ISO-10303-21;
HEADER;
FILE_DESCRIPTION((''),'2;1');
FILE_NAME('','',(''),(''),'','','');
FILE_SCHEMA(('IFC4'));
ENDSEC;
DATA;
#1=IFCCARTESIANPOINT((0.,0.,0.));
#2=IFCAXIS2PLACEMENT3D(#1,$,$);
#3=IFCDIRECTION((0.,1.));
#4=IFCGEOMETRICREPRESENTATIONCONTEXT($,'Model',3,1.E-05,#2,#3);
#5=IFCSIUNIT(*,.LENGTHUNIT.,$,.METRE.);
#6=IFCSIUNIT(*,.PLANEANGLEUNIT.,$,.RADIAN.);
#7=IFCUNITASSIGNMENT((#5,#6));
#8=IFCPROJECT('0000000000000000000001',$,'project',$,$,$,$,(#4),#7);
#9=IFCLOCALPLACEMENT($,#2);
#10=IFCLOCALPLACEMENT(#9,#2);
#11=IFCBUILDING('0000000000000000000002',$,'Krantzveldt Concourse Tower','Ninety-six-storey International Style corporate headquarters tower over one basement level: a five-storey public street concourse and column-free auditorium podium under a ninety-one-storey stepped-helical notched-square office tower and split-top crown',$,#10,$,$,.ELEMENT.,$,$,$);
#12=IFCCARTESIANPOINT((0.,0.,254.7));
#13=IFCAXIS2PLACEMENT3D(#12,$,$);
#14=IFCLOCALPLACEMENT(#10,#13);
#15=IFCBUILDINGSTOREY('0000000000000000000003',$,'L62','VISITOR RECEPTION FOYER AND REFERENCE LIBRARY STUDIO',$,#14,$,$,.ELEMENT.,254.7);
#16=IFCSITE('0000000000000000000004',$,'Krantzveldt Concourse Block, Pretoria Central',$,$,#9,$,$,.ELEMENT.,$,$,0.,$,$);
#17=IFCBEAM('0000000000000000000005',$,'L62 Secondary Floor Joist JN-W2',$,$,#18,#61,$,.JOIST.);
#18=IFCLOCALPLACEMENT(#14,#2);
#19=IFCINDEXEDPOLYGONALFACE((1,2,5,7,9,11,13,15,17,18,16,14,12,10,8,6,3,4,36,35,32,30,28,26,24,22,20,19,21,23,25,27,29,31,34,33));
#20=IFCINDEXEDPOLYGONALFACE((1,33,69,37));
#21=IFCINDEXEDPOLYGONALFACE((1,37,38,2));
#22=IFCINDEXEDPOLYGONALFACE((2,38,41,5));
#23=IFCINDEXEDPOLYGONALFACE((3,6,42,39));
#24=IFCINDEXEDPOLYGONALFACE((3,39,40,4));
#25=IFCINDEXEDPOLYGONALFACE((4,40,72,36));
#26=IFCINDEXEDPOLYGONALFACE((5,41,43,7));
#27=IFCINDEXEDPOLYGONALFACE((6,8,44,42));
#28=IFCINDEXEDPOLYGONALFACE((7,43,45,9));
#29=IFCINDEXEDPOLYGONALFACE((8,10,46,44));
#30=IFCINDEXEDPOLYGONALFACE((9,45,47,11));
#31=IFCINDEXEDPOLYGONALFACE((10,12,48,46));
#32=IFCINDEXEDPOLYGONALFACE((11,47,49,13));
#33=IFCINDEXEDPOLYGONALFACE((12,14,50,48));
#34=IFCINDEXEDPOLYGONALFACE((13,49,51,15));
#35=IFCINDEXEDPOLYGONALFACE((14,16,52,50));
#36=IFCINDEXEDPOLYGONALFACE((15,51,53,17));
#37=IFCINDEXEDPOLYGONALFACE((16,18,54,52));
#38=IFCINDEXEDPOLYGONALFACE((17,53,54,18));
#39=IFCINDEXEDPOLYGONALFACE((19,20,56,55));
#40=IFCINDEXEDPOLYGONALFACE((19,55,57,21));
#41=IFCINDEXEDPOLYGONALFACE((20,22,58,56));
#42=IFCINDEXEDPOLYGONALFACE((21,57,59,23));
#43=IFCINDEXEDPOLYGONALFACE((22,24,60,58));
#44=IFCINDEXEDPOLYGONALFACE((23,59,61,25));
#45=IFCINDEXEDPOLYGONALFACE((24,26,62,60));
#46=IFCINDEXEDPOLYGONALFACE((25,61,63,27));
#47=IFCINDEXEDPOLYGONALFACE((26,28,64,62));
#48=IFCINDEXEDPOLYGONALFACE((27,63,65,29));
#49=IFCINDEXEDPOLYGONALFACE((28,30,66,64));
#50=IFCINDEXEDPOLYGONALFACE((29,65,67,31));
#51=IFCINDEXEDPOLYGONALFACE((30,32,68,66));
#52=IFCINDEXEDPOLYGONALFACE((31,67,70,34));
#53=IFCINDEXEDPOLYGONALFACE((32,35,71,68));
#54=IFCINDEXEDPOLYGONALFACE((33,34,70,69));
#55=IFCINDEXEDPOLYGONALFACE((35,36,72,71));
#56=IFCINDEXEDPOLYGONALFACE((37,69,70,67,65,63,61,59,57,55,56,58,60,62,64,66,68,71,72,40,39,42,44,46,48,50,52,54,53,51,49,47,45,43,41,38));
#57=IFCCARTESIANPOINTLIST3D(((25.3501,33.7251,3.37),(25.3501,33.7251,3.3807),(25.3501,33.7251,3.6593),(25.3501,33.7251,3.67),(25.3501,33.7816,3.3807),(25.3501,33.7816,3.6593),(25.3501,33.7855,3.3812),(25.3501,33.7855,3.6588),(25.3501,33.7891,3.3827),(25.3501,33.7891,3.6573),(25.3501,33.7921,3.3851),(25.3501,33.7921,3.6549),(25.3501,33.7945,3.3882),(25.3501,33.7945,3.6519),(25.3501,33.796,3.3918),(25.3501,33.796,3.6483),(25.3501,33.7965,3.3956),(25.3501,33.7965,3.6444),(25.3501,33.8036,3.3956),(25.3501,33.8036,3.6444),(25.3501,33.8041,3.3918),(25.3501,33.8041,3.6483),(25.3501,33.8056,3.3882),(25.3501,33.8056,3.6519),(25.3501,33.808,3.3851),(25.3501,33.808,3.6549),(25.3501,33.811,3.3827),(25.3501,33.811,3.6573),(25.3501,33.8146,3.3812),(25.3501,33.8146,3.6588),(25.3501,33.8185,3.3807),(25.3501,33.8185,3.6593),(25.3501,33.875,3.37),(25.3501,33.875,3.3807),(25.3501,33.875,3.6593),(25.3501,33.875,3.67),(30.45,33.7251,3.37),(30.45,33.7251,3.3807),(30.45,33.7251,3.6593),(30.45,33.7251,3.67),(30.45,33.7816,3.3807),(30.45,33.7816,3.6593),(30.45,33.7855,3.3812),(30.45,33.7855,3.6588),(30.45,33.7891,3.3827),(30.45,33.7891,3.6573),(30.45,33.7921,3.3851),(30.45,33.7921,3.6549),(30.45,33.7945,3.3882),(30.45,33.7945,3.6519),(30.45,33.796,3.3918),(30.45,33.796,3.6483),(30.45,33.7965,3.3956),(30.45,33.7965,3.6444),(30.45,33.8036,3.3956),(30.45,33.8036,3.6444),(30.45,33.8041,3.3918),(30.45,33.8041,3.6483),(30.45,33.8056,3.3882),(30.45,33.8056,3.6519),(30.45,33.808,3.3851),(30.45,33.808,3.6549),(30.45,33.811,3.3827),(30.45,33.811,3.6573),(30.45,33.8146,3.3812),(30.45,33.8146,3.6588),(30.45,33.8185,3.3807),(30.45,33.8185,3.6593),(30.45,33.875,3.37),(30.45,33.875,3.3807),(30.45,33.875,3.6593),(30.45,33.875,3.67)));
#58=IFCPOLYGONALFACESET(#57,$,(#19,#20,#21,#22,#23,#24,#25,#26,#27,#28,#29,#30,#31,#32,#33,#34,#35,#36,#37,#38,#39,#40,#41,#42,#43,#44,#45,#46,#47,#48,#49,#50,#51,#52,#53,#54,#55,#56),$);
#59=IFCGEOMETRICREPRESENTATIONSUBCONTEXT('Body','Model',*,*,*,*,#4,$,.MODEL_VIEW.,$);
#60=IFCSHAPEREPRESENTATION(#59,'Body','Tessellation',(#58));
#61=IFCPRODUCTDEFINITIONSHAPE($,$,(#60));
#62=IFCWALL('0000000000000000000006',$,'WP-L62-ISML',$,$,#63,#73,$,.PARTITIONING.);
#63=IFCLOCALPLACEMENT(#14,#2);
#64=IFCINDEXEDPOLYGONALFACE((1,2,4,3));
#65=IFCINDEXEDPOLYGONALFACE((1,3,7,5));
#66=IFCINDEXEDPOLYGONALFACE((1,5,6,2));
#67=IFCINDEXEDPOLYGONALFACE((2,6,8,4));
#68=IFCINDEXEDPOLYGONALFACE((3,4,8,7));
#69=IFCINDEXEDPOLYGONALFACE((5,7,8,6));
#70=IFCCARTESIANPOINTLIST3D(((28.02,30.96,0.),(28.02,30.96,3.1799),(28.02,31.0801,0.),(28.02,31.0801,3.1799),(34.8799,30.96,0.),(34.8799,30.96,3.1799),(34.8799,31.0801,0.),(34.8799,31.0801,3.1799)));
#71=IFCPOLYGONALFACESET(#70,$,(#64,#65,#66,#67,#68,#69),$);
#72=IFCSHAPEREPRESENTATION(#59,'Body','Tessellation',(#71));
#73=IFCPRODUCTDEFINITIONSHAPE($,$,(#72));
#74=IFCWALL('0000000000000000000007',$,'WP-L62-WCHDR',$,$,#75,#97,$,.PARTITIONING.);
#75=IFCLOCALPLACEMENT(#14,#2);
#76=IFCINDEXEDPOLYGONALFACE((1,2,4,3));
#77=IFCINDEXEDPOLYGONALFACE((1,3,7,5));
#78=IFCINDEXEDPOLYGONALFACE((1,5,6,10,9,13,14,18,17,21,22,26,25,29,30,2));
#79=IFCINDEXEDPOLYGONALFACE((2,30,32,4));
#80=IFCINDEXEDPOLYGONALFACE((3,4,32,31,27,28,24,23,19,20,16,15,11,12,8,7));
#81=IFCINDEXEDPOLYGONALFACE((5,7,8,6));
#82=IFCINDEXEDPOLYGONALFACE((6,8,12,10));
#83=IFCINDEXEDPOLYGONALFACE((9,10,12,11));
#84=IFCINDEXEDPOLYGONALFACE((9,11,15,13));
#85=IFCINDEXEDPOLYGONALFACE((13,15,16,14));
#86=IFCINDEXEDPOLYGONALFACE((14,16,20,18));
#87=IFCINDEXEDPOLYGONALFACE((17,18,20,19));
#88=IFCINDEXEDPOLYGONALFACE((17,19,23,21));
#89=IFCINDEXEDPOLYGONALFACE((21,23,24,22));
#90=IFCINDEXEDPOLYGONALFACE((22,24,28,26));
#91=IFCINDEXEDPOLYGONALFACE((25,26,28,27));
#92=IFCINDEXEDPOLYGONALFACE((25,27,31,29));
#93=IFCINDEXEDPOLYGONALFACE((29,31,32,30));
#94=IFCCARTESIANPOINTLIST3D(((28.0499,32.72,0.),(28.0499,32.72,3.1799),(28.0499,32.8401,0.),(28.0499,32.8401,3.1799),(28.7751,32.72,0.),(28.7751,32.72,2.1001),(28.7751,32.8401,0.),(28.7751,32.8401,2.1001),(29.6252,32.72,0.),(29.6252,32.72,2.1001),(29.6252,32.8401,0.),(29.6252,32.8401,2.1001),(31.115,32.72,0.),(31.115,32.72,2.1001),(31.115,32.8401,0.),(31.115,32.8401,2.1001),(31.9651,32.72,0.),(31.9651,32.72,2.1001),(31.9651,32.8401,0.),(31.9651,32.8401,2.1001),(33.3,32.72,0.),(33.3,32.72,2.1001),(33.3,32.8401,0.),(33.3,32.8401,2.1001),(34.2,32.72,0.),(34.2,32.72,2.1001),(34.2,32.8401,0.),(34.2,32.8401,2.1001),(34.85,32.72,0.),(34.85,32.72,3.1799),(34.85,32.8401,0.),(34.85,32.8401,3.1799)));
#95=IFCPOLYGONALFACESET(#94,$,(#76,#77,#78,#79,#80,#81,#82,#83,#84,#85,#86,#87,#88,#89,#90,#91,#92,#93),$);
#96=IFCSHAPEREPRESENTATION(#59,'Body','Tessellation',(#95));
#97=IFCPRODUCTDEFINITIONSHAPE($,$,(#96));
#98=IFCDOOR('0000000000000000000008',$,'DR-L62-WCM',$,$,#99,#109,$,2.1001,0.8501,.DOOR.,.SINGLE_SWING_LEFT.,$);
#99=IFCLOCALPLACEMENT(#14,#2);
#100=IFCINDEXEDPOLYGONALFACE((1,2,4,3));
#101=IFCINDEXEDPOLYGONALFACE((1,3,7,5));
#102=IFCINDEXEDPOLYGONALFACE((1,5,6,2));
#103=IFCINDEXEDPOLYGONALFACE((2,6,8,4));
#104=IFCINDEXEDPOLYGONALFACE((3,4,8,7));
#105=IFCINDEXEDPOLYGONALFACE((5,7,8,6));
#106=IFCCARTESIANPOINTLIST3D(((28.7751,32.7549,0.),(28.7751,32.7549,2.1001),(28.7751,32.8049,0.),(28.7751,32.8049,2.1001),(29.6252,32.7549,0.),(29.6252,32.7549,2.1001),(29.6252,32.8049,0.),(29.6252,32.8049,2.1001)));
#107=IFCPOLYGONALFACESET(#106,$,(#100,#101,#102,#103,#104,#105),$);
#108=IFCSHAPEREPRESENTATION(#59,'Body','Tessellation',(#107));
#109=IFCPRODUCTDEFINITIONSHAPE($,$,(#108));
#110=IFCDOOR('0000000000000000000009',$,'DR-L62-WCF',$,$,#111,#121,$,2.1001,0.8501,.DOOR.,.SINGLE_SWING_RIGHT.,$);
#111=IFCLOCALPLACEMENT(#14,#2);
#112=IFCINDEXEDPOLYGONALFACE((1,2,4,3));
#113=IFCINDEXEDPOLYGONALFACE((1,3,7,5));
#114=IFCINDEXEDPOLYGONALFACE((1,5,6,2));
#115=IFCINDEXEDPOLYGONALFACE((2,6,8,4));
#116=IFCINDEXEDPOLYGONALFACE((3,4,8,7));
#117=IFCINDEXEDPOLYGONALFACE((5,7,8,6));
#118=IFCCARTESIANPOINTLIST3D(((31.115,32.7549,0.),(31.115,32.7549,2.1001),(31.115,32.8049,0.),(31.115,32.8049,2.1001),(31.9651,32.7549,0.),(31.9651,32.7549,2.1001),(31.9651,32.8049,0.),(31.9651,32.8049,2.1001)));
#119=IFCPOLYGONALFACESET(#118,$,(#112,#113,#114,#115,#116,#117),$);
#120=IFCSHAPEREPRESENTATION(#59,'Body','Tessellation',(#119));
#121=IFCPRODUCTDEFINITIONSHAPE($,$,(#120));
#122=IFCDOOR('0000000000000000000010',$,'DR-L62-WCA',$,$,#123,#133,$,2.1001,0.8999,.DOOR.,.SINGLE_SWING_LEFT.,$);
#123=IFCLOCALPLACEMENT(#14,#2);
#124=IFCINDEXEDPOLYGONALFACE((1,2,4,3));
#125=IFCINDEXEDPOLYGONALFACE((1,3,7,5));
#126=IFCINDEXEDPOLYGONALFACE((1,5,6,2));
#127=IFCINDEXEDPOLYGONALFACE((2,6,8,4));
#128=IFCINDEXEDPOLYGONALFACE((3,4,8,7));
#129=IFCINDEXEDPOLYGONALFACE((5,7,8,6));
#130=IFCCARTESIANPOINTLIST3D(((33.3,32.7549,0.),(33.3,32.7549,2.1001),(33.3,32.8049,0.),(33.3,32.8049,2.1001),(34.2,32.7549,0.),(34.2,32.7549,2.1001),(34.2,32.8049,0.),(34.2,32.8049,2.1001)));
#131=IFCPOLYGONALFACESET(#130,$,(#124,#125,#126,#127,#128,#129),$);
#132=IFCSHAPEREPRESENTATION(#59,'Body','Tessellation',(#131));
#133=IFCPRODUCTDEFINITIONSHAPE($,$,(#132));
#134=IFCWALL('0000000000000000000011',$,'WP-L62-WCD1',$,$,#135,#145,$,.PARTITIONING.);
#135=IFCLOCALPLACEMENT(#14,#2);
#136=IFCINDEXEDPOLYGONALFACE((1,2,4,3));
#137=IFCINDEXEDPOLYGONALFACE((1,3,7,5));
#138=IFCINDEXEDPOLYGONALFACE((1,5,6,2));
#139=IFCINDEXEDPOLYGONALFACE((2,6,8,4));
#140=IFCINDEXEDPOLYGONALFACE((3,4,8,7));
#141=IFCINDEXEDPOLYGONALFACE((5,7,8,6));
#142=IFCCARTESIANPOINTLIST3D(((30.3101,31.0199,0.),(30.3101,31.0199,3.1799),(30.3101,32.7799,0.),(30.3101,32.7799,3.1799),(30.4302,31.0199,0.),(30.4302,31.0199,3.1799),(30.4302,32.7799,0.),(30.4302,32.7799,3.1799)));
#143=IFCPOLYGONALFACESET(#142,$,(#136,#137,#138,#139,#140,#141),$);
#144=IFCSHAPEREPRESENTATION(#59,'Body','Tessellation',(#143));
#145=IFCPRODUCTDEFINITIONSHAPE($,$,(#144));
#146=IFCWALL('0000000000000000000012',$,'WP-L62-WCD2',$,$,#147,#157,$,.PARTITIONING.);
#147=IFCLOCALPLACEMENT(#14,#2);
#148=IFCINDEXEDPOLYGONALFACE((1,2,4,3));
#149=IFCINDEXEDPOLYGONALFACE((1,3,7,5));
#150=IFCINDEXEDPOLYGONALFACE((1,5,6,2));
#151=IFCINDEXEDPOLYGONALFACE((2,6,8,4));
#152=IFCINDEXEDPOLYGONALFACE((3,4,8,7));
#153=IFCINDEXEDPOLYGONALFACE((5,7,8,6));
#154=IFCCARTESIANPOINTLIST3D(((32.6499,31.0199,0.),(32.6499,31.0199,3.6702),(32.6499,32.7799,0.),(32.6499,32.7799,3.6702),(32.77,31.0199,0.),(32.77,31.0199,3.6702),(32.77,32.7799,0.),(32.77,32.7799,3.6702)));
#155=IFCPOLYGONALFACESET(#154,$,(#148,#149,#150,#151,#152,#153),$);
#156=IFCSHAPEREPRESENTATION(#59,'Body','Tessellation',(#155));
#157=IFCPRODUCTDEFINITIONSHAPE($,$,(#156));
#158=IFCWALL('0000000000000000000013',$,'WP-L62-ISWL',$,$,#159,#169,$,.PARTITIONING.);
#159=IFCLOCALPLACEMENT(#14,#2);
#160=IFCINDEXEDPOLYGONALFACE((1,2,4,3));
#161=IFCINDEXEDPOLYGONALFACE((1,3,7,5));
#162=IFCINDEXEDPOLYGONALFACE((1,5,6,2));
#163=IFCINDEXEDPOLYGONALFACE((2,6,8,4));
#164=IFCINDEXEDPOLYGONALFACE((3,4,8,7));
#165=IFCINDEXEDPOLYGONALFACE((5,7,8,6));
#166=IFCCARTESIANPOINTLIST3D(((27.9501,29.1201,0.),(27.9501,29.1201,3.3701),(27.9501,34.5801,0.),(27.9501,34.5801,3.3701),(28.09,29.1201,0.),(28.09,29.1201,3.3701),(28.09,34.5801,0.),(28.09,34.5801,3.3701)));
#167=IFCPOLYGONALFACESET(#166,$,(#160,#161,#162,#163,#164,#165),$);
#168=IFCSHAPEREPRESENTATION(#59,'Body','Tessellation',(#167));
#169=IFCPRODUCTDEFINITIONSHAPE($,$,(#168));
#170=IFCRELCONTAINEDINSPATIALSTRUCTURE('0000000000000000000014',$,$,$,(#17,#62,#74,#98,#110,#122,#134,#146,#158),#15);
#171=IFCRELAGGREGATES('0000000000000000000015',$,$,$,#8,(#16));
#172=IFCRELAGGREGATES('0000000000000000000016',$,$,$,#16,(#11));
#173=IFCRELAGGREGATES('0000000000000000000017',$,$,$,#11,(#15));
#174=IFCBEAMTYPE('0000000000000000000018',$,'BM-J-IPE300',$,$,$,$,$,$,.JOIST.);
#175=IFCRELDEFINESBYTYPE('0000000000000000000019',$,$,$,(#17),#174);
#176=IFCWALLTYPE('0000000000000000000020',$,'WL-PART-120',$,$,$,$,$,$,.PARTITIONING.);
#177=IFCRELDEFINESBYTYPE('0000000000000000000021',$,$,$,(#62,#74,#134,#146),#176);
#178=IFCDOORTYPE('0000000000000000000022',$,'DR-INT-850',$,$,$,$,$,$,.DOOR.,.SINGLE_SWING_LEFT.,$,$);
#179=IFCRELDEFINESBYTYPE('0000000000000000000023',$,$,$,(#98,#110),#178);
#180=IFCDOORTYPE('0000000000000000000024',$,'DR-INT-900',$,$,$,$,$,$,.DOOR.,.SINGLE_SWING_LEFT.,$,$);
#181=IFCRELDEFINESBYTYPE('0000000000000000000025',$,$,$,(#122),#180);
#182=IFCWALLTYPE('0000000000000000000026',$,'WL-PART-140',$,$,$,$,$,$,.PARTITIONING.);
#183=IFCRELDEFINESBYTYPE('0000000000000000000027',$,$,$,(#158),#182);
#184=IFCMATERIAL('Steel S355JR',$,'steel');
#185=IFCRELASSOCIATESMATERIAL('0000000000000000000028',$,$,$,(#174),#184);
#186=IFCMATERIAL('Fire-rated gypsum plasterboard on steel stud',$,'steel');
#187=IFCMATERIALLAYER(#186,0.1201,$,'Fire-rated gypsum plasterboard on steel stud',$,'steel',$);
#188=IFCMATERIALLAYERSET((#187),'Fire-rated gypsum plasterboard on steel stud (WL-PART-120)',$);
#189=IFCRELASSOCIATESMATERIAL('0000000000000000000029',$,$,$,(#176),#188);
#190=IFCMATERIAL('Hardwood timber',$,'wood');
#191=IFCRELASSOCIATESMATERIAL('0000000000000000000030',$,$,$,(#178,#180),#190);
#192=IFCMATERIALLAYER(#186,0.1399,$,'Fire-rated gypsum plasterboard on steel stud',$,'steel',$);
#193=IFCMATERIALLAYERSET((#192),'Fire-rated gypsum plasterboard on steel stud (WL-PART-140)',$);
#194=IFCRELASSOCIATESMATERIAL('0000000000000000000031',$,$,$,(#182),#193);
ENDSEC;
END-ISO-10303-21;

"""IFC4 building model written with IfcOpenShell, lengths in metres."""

from ifc_helpers import new_model, si_unit, direction, frame, frame_2d, origin, origin_2d, place, context, subcontext, project, spatial, rectangle, i_section, extrude, source, transform, mapped, material, layer, layer_set, material_profile, profile_set, type_object, type_shapes, element, fill, save


model = new_model("IFC4")

# Units and contexts
model_context = context("Model", 3, precision=1e-05, world=origin(), true_north=direction((0.0, 1.0)))
body_context = subcontext(model_context, "Body", "Model", "MODEL_VIEW")
ifc_project = project(units=[si_unit("LENGTHUNIT", "METRE"), si_unit("PLANEANGLEUNIT", "RADIAN")], contexts=[model_context])

# Site, building, storey
site_placement = place(None, origin())
site = spatial("IfcSite", under=ifc_project, at=site_placement, Name="Krantzveldt Concourse Block, Pretoria Central", CompositionType="ELEMENT", RefElevation=0.0)
building_placement = place(site_placement, origin())
building = spatial("IfcBuilding", under=site, at=building_placement, Name="Krantzveldt Concourse Tower", Description="Ninety-six-storey International Style corporate headquarters tower over one basement level: a five-storey public street concourse and column-free auditorium podium under a ninety-one-storey stepped-helical notched-square office tower and split-top crown", CompositionType="ELEMENT")
storey_placement = place(building_placement, frame((0.0, 0.0, 254.7)))
storey = spatial("IfcBuildingStorey", under=building, at=storey_placement, Name="L62", Description="VISITOR RECEPTION FOYER AND REFERENCE LIBRARY STUDIO", CompositionType="ELEMENT", Elevation=254.7)

# Beam
ifc_material_1 = material(Name="Steel S355JR", Category="steel")
ifc_material_profile_1 = material_profile(ifc_material_1, i_section(OverallWidth=0.1499, OverallDepth=0.3, WebThickness=0.0071, FlangeThickness=0.0107, FilletRadius=0.0149, at=origin_2d()), Name="Steel S355JR", Category="steel")
ifc_profile_set_1 = profile_set([ifc_material_profile_1], Name="Steel S355JR - IPE 300")
beam_type_1 = type_object("IfcBeamType", Name="BM-J-IPE300", PredefinedType="JOIST", material=ifc_profile_set_1)
shared_shape_1 = source(origin(), body_context, "Body", "SweptSolid", [
    extrude(i_section(OverallWidth=0.1499, OverallDepth=0.3, WebThickness=0.0071, FlangeThickness=0.0107, FilletRadius=0.0149, at=origin_2d()), origin(), (0.0, 0.0, 1.0), 5.0999),
])
type_shapes(beam_type_1, [shared_shape_1])
beam_1_placement = place(storey_placement, frame((25.3501, 33.8, 3.52), z_axis=(1.0, 0.0, 0.0), x_axis=(0.0, 1.0, 0.0)))
element("IfcBeam", 1, at=beam_1_placement, inside=storey, type_object=beam_type_1, Name="L62 Secondary Floor Joist JN-W2", PredefinedType="JOIST", context=body_context, shape_type="MappedRepresentation", body=[
    mapped(shared_shape_1, transform((0.0, 0.0, 0.0), x_axis=(1.0, 0.0, 0.0), y_axis=(0.0, 1.0, 0.0), z_axis=(0.0, 0.0, 1.0), scale=1.0)),
])

# Wall
ifc_material_2 = material(Name="Fire-rated gypsum plasterboard on steel stud", Category="steel")
ifc_layer_1 = layer(ifc_material_2, 0.1201, Name="Fire-rated gypsum plasterboard on steel stud", Category="steel")
ifc_layer_set_1 = layer_set([ifc_layer_1], Name="Fire-rated gypsum plasterboard on steel stud (WL-PART-120)")
wall_type_1 = type_object("IfcWallType", Name="WL-PART-120", PredefinedType="PARTITIONING", material=ifc_layer_set_1)
wall_1_placement = place(storey_placement, frame((28.02, 31.02, 0.0), z_axis=(0.0, 0.0, 1.0), x_axis=(1.0, 0.0, 0.0)))
element("IfcWall", 2, at=wall_1_placement, inside=storey, type_object=wall_type_1, Name="WP-L62-ISML", PredefinedType="PARTITIONING", context=body_context, shape_type="SweptSolid", body=[
    extrude(rectangle(XDim=6.8599, YDim=0.1201, at=frame_2d((3.4299, 0.0))), origin(), (0.0, 0.0, 1.0), 3.1799),
])

# Wall, openings, doors
wall_2_placement = place(storey_placement, frame((28.05, 32.78, 0.0), z_axis=(0.0, 0.0, 1.0), x_axis=(1.0, 0.0, 0.0)))
wall_2 = element("IfcWall", 3, at=wall_2_placement, inside=storey, type_object=wall_type_1, Name="WP-L62-WCHDR", PredefinedType="PARTITIONING", context=body_context, shape_type="SweptSolid", body=[
    extrude(rectangle(XDim=6.8, YDim=0.1201, at=frame_2d((3.3999, 0.0))), origin(), (0.0, 0.0, 1.0), 3.1799),
])
opening_1_placement = place(wall_2_placement, frame((0.7251, 0.0, 0.0)))
opening_1 = element("IfcOpeningElement", 4, at=opening_1_placement, cuts=wall_2, PredefinedType="OPENING", context=body_context, shape_type="SweptSolid", body=[
    extrude(rectangle(XDim=0.8501, YDim=2.1001, at=frame_2d((0.425, 1.05))), frame((0.0, 0.0701, 0.0), z_axis=(0.0, -1.0, 0.0), x_axis=(1.0, 0.0, 0.0)), (0.0, 0.0, 1.0), 0.1401),
])
opening_2_placement = place(wall_2_placement, frame((3.0649, 0.0, 0.0)))
opening_2 = element("IfcOpeningElement", 5, at=opening_2_placement, cuts=wall_2, PredefinedType="OPENING", context=body_context, shape_type="SweptSolid", body=[
    extrude(rectangle(XDim=0.8501, YDim=2.1001, at=frame_2d((0.425, 1.05))), frame((0.0, 0.0701, 0.0), z_axis=(0.0, -1.0, 0.0), x_axis=(1.0, 0.0, 0.0)), (0.0, 0.0, 1.0), 0.1401),
])
opening_3_placement = place(wall_2_placement, frame((5.25, 0.0, 0.0)))
opening_3 = element("IfcOpeningElement", 6, at=opening_3_placement, cuts=wall_2, PredefinedType="OPENING", context=body_context, shape_type="SweptSolid", body=[
    extrude(rectangle(XDim=0.8999, YDim=2.1001, at=frame_2d((0.45, 1.05))), frame((0.0, 0.0701, 0.0), z_axis=(0.0, -1.0, 0.0), x_axis=(1.0, 0.0, 0.0)), (0.0, 0.0, 1.0), 0.1401),
])
ifc_material_3 = material(Name="Hardwood timber", Category="wood")
door_type_1 = type_object("IfcDoorType", Name="DR-INT-850", OperationType="SINGLE_SWING_LEFT", PredefinedType="DOOR", material=ifc_material_3)
door_1_placement = place(opening_1_placement, origin())
door_1 = element("IfcDoor", 7, at=door_1_placement, inside=storey, type_object=door_type_1, Name="DR-L62-WCM", OperationType="SINGLE_SWING_LEFT", OverallHeight=2.1001, OverallWidth=0.8501, PredefinedType="DOOR", context=body_context, shape_type="SweptSolid", body=[
    extrude(rectangle(XDim=0.8501, YDim=2.1001, at=frame_2d((0.425, 1.05))), frame((0.0, 0.0249, 0.0), z_axis=(0.0, -1.0, 0.0), x_axis=(1.0, 0.0, 0.0)), (0.0, 0.0, 1.0), 0.05),
])
fill(opening_1, door_1)
door_2_placement = place(opening_2_placement, origin())
door_2 = element("IfcDoor", 8, at=door_2_placement, inside=storey, type_object=door_type_1, Name="DR-L62-WCF", OperationType="SINGLE_SWING_RIGHT", OverallHeight=2.1001, OverallWidth=0.8501, PredefinedType="DOOR", context=body_context, shape_type="SweptSolid", body=[
    extrude(rectangle(XDim=0.8501, YDim=2.1001, at=frame_2d((0.425, 1.05))), frame((0.0, 0.0249, 0.0), z_axis=(0.0, -1.0, 0.0), x_axis=(1.0, 0.0, 0.0)), (0.0, 0.0, 1.0), 0.05),
])
fill(opening_2, door_2)
door_type_2 = type_object("IfcDoorType", Name="DR-INT-900", OperationType="SINGLE_SWING_LEFT", PredefinedType="DOOR", material=ifc_material_3)
door_3_placement = place(opening_3_placement, origin())
door_3 = element("IfcDoor", 9, at=door_3_placement, inside=storey, type_object=door_type_2, Name="DR-L62-WCA", OperationType="SINGLE_SWING_LEFT", OverallHeight=2.1001, OverallWidth=0.8999, PredefinedType="DOOR", context=body_context, shape_type="SweptSolid", body=[
    extrude(rectangle(XDim=0.8999, YDim=2.1001, at=frame_2d((0.45, 1.05))), frame((0.0, 0.0249, 0.0), z_axis=(0.0, -1.0, 0.0), x_axis=(1.0, 0.0, 0.0)), (0.0, 0.0, 1.0), 0.05),
])
fill(opening_3, door_3)

# Walls
wall_3_placement = place(storey_placement, frame((30.3701, 31.02, 0.0), z_axis=(0.0, 0.0, 1.0), x_axis=(0.0, 1.0, 0.0)))
element("IfcWall", 10, at=wall_3_placement, inside=storey, type_object=wall_type_1, Name="WP-L62-WCD1", PredefinedType="PARTITIONING", context=body_context, shape_type="SweptSolid", body=[
    extrude(rectangle(XDim=1.76, YDim=0.1201, at=frame_2d((0.8799, 0.0))), origin(), (0.0, 0.0, 1.0), 3.1799),
])
wall_4_placement = place(storey_placement, frame((32.71, 31.02, 0.0), z_axis=(0.0, 0.0, 1.0), x_axis=(0.0, 1.0, 0.0)))
element("IfcWall", 11, at=wall_4_placement, inside=storey, type_object=wall_type_1, Name="WP-L62-WCD2", PredefinedType="PARTITIONING", context=body_context, shape_type="SweptSolid", body=[
    extrude(rectangle(XDim=1.76, YDim=0.1201, at=frame_2d((0.8799, 0.0))), origin(), (0.0, 0.0, 1.0), 3.6702),
])
ifc_layer_2 = layer(ifc_material_2, 0.1399, Name="Fire-rated gypsum plasterboard on steel stud", Category="steel")
ifc_layer_set_2 = layer_set([ifc_layer_2], Name="Fire-rated gypsum plasterboard on steel stud (WL-PART-140)")
wall_type_2 = type_object("IfcWallType", Name="WL-PART-140", PredefinedType="PARTITIONING", material=ifc_layer_set_2)
wall_5_placement = place(storey_placement, frame((28.02, 29.1201, 0.0), z_axis=(0.0, 0.0, 1.0), x_axis=(0.0, 1.0, 0.0)))
element("IfcWall", 12, at=wall_5_placement, inside=storey, type_object=wall_type_2, Name="WP-L62-ISWL", PredefinedType="PARTITIONING", context=body_context, shape_type="SweptSolid", body=[
    extrude(rectangle(XDim=5.46, YDim=0.1399, at=frame_2d((2.73, 0.0))), origin(), (0.0, 0.0, 1.0), 3.3701),
])

save(model, "model.ifc")
